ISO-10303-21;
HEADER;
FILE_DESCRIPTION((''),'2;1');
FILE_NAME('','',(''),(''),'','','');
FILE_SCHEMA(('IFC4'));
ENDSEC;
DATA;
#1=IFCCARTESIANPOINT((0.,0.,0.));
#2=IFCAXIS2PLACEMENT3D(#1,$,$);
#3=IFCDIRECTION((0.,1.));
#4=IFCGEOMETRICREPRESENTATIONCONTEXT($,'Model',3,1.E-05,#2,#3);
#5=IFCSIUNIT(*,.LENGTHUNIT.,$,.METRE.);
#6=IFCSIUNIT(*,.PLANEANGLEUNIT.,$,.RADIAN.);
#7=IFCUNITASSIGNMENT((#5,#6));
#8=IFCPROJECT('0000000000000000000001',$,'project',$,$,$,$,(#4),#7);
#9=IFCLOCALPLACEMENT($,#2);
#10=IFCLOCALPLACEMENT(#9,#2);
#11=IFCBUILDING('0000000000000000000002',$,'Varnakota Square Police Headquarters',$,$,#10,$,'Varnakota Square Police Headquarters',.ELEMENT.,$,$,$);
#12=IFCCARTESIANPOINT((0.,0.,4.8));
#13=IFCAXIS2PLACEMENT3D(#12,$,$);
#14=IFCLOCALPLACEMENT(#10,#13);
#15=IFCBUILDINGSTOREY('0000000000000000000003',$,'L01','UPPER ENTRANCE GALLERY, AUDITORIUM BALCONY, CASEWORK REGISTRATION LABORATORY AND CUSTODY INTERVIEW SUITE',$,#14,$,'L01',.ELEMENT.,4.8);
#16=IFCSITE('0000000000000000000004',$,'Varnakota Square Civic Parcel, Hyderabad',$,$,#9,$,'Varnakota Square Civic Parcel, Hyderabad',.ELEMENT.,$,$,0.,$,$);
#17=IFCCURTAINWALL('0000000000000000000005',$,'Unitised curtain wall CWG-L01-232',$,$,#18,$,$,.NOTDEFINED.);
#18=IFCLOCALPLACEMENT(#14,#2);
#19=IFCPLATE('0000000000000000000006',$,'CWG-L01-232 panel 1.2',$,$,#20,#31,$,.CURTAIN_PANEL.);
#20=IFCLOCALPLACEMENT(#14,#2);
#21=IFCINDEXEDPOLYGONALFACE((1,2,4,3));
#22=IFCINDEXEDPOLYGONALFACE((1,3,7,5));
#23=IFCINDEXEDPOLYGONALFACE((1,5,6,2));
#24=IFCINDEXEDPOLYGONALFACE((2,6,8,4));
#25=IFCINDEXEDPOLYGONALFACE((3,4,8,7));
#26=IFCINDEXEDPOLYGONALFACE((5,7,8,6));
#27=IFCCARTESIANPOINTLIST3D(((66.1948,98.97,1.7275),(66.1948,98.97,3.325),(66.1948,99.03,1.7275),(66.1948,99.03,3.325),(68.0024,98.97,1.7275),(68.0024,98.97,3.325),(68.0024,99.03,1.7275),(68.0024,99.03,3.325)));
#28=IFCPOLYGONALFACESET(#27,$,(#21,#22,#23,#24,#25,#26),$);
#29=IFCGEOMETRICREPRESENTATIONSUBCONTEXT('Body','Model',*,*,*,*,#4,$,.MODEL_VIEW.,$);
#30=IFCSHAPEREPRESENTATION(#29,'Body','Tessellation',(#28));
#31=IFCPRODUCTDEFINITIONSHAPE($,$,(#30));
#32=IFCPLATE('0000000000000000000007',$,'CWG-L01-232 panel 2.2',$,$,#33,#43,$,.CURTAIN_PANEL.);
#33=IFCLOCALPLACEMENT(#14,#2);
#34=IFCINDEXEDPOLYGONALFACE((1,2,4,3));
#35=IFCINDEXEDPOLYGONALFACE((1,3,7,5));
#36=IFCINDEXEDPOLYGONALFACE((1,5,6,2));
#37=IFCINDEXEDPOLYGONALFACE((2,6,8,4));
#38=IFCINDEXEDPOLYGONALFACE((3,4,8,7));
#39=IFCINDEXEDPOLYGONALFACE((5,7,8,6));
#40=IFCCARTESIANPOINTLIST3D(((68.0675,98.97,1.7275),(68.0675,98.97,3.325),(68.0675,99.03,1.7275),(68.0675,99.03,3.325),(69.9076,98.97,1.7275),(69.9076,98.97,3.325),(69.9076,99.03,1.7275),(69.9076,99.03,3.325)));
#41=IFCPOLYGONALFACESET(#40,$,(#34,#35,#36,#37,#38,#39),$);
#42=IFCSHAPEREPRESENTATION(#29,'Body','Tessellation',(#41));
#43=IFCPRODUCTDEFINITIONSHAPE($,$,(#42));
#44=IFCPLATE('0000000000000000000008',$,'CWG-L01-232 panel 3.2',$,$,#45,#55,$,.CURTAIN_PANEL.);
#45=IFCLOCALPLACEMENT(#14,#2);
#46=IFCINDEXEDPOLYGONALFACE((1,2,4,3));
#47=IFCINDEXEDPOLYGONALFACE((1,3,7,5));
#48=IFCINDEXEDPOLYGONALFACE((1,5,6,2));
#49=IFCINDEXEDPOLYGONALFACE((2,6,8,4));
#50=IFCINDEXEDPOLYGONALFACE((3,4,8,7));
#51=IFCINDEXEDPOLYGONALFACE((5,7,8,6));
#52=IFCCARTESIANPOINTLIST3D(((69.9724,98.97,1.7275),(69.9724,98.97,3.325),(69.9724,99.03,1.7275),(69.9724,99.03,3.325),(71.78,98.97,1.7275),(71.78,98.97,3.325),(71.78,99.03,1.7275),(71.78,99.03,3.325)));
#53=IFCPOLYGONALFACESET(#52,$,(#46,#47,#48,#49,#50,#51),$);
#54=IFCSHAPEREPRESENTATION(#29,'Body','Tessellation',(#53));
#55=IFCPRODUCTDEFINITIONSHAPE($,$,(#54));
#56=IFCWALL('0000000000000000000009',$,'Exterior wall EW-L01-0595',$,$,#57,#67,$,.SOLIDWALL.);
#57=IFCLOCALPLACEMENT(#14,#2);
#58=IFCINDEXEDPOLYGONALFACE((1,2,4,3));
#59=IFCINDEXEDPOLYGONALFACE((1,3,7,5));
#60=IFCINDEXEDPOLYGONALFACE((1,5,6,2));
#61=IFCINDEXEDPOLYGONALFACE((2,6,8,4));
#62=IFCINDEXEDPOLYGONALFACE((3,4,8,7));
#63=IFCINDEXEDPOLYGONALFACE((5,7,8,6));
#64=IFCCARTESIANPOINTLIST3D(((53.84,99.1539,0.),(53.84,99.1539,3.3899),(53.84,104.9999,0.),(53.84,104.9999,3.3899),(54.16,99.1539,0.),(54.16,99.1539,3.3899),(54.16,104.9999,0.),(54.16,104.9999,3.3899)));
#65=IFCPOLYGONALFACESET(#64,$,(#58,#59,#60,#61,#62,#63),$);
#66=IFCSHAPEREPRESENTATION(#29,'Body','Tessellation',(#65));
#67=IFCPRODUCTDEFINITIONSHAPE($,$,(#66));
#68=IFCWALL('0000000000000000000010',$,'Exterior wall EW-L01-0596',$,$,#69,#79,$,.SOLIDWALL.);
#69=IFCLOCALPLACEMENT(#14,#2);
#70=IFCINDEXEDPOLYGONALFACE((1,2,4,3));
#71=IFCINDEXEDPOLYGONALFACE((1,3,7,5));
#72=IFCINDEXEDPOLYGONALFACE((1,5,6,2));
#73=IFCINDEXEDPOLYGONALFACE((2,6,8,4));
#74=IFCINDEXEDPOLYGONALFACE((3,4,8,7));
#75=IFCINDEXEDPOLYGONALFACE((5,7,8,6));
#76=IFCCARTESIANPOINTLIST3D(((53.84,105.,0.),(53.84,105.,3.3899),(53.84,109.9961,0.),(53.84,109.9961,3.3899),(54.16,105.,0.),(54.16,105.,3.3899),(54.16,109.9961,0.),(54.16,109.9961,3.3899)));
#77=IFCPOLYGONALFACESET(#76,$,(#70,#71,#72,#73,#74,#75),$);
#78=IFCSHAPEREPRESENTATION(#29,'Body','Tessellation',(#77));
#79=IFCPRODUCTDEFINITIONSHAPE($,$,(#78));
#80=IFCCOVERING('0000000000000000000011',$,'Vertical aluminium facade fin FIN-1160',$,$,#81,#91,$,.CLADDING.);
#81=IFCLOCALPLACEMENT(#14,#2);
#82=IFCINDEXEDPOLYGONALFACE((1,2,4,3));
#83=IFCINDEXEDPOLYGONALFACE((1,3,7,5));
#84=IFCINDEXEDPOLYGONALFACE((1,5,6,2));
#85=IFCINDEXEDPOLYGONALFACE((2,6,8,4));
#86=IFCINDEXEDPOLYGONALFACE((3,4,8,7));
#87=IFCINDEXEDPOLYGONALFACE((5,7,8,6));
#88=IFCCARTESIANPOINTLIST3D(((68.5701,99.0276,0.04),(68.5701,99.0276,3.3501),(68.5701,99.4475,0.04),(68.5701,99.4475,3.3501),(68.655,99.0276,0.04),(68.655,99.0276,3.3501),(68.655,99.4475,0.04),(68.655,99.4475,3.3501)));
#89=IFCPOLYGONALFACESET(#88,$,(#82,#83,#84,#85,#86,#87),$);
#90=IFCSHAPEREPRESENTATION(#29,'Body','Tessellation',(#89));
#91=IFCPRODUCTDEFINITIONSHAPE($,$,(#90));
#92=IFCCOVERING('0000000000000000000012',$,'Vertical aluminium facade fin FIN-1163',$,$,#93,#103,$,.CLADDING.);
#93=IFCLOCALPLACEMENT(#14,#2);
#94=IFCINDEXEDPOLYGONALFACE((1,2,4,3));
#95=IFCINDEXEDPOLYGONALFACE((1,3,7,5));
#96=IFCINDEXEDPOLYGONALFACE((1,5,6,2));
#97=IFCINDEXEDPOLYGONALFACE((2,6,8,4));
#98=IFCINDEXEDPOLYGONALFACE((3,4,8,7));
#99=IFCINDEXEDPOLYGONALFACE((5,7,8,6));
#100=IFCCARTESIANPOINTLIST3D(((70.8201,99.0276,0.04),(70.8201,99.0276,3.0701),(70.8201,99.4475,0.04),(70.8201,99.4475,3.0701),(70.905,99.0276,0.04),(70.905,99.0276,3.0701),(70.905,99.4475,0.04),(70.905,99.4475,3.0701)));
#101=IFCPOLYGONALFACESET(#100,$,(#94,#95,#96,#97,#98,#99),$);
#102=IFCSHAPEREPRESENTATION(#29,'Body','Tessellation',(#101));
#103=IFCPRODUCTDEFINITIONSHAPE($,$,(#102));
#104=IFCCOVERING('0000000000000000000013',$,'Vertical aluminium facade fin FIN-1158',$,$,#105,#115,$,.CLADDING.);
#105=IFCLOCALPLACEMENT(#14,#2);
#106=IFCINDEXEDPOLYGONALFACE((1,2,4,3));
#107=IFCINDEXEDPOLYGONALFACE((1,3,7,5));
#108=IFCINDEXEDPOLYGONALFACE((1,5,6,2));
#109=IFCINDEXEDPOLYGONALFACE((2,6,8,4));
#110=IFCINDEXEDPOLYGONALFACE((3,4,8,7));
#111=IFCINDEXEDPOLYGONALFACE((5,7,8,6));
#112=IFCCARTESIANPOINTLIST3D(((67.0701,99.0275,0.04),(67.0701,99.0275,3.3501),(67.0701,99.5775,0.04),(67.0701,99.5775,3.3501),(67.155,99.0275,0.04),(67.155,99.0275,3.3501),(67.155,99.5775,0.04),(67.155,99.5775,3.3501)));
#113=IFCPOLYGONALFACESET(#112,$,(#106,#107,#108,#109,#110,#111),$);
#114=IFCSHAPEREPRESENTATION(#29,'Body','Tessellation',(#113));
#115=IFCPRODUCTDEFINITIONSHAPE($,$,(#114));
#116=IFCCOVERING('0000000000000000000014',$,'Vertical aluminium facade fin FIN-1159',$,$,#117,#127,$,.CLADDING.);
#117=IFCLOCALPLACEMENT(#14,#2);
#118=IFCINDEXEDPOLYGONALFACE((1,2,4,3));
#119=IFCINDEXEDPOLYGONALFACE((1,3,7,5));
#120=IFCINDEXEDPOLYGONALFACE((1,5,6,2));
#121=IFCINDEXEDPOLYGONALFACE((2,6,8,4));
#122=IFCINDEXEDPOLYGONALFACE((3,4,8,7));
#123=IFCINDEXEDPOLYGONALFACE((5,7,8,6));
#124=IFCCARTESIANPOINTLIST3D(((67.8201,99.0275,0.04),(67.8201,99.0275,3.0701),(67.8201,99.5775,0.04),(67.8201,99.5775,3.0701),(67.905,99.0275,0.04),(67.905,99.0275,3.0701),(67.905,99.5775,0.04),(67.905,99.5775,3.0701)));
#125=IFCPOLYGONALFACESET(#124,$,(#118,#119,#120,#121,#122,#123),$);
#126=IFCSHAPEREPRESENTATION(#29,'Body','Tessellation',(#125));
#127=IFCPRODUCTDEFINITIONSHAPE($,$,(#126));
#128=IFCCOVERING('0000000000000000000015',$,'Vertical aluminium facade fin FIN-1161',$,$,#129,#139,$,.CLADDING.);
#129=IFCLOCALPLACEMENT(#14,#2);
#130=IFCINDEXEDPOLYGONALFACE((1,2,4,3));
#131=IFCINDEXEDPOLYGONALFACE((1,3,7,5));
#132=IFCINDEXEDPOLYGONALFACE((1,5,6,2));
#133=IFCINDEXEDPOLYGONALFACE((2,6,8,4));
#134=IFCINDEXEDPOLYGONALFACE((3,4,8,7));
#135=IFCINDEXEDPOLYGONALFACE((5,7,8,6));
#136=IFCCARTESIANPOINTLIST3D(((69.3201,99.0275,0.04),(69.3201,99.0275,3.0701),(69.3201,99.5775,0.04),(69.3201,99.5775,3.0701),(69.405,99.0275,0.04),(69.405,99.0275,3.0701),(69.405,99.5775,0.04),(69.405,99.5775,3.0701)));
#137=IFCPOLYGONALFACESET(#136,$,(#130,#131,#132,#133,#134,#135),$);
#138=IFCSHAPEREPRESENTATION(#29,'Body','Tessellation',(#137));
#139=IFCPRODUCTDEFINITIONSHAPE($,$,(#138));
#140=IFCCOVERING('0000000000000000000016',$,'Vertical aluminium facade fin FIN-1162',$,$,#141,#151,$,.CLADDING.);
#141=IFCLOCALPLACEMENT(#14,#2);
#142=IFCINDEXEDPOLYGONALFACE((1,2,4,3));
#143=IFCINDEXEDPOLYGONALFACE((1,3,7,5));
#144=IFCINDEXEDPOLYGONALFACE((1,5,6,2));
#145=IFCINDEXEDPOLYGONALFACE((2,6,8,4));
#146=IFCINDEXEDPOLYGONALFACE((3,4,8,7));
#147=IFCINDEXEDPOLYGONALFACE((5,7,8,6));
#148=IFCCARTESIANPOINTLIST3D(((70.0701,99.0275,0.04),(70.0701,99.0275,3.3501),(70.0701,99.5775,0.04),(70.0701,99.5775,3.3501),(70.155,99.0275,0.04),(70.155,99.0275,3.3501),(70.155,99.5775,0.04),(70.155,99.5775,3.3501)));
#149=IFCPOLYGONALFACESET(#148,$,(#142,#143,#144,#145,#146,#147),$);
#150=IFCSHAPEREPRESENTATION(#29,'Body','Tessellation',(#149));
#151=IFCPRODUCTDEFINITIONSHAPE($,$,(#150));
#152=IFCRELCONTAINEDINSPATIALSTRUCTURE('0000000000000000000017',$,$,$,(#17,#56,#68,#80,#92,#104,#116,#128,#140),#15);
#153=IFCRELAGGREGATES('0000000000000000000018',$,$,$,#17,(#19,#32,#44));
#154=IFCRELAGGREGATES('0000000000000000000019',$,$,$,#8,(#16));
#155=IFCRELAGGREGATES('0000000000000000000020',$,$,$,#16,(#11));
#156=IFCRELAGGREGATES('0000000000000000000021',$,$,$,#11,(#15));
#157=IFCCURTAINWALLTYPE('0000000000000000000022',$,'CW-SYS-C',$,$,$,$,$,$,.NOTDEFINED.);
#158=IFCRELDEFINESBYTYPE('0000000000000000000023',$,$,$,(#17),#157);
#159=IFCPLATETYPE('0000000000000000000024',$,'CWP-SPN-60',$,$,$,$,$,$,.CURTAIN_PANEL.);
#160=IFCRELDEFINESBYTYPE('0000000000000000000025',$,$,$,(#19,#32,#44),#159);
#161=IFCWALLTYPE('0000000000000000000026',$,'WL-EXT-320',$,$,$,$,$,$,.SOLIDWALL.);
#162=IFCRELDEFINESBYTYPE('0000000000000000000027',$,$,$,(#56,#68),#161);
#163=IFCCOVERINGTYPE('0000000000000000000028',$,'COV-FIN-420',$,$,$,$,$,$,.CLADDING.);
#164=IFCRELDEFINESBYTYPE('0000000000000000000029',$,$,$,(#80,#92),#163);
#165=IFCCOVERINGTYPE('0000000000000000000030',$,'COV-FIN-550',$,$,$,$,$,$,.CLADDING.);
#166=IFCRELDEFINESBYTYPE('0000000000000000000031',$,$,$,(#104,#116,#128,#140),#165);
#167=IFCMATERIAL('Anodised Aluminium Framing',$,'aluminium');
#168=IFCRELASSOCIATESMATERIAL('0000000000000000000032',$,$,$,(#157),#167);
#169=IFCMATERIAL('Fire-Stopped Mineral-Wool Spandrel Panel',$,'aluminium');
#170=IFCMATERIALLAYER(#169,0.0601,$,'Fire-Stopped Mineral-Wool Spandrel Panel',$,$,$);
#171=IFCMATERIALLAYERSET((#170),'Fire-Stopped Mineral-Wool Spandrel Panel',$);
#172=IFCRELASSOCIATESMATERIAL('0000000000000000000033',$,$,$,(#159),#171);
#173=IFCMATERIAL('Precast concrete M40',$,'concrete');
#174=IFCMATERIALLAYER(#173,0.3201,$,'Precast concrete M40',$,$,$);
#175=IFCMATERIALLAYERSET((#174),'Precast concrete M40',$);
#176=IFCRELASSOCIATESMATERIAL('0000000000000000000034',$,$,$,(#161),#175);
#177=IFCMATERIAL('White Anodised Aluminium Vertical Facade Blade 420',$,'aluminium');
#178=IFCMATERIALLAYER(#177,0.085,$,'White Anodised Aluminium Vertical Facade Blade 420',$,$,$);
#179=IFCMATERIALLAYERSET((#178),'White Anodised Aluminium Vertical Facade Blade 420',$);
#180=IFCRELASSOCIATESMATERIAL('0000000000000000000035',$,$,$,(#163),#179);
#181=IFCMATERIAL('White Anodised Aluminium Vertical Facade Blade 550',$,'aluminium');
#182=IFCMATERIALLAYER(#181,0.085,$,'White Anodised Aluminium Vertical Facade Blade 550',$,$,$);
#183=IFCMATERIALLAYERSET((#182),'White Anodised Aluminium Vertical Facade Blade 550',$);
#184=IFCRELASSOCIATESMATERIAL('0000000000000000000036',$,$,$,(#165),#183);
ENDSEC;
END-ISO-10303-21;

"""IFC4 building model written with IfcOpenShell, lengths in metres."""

from ifc_helpers import new_model, si_unit, direction, frame, frame_2d, origin, origin_2d, place, context, subcontext, project, spatial, rectangle, extrude, material, layer, layer_set, type_object, element, aggregate, save


model = new_model("IFC4")

# Units and contexts
model_context = context("Model", 3, precision=1e-05, world=origin(), true_north=direction((0.0, 1.0)))
body_context = subcontext(model_context, "Body", "Model", "MODEL_VIEW")
ifc_project = project(units=[si_unit("LENGTHUNIT", "METRE"), si_unit("PLANEANGLEUNIT", "RADIAN")], contexts=[model_context])

# Site, building, storey
site_placement = place(None, origin())
site = spatial("IfcSite", under=ifc_project, at=site_placement, Name="Varnakota Square Civic Parcel, Hyderabad", LongName="Varnakota Square Civic Parcel, Hyderabad", CompositionType="ELEMENT", RefElevation=0.0)
building_placement = place(site_placement, origin())
building = spatial("IfcBuilding", under=site, at=building_placement, Name="Varnakota Square Police Headquarters", LongName="Varnakota Square Police Headquarters", CompositionType="ELEMENT")
storey_placement = place(building_placement, frame((0.0, 0.0, 4.8)))
storey = spatial("IfcBuildingStorey", under=building, at=storey_placement, Name="L01", Description="UPPER ENTRANCE GALLERY, AUDITORIUM BALCONY, CASEWORK REGISTRATION LABORATORY AND CUSTODY INTERVIEW SUITE", LongName="L01", CompositionType="ELEMENT", Elevation=4.8)

# Curtain wall, plates
ifc_material_1 = material(Name="Anodised Aluminium Framing", Category="aluminium")
curtain_wall_type = type_object("IfcCurtainWallType", Name="CW-SYS-C", PredefinedType="NOTDEFINED", material=ifc_material_1)
curtain_wall_placement = place(storey_placement, origin())
curtain_wall = element("IfcCurtainWall", 1, at=curtain_wall_placement, inside=storey, type_object=curtain_wall_type, Name="Unitised curtain wall CWG-L01-232", PredefinedType="NOTDEFINED")
ifc_material_2 = material(Name="Fire-Stopped Mineral-Wool Spandrel Panel", Category="aluminium")
ifc_layer_1 = layer(ifc_material_2, 0.0601, Name="Fire-Stopped Mineral-Wool Spandrel Panel")
ifc_layer_set_1 = layer_set([ifc_layer_1], Name="Fire-Stopped Mineral-Wool Spandrel Panel")
plate_type_1 = type_object("IfcPlateType", Name="CWP-SPN-60", PredefinedType="CURTAIN_PANEL", material=ifc_layer_set_1)
plate_1_placement = place(storey_placement, frame((67.0986, 99.0, 1.7275), z_axis=(0.0, 0.0, 1.0), x_axis=(1.0, 0.0, 0.0)))
plate_1 = element("IfcPlate", 2, at=plate_1_placement, type_object=plate_type_1, Name="CWG-L01-232 panel 1.2", PredefinedType="CURTAIN_PANEL", context=body_context, shape_type="SweptSolid", body=[
    extrude(rectangle(XDim=1.8076, YDim=0.0601, at=origin_2d()), origin(), (0.0, 0.0, 1.0), 1.5974),
])
plate_2_placement = place(storey_placement, frame((68.9875, 99.0, 1.7275), z_axis=(0.0, 0.0, 1.0), x_axis=(1.0, 0.0, 0.0)))
plate_2 = element("IfcPlate", 3, at=plate_2_placement, type_object=plate_type_1, Name="CWG-L01-232 panel 2.2", PredefinedType="CURTAIN_PANEL", context=body_context, shape_type="SweptSolid", body=[
    extrude(rectangle(XDim=1.8401, YDim=0.0601, at=origin_2d()), origin(), (0.0, 0.0, 1.0), 1.5974),
])
plate_3_placement = place(storey_placement, frame((70.8762, 99.0, 1.7275), z_axis=(0.0, 0.0, 1.0), x_axis=(1.0, 0.0, 0.0)))
plate_3 = element("IfcPlate", 4, at=plate_3_placement, type_object=plate_type_1, Name="CWG-L01-232 panel 3.2", PredefinedType="CURTAIN_PANEL", context=body_context, shape_type="SweptSolid", body=[
    extrude(rectangle(XDim=1.8076, YDim=0.0601, at=origin_2d()), origin(), (0.0, 0.0, 1.0), 1.5974),
])
aggregate(curtain_wall, [plate_1, plate_2, plate_3])

# Walls
ifc_material_3 = material(Name="Precast concrete M40", Category="concrete")
ifc_layer_2 = layer(ifc_material_3, 0.3201, Name="Precast concrete M40")
ifc_layer_set_2 = layer_set([ifc_layer_2], Name="Precast concrete M40")
wall_type = type_object("IfcWallType", Name="WL-EXT-320", PredefinedType="SOLIDWALL", material=ifc_layer_set_2)
wall_1_placement = place(storey_placement, frame((54.0, 99.1541, 0.0), z_axis=(0.0, 0.0, 1.0), x_axis=(0.0, 1.0, 0.0)))
element("IfcWall", 5, at=wall_1_placement, inside=storey, type_object=wall_type, Name="Exterior wall EW-L01-0595", PredefinedType="SOLIDWALL", context=body_context, shape_type="SweptSolid", body=[
    extrude(rectangle(XDim=5.8459, YDim=0.3201, at=frame_2d((2.9229, 0.0))), origin(), (0.0, 0.0, 1.0), 3.3899),
])
wall_2_placement = place(storey_placement, frame((54.0, 105.0, 0.0), z_axis=(0.0, 0.0, 1.0), x_axis=(0.0, 1.0, 0.0)))
element("IfcWall", 6, at=wall_2_placement, inside=storey, type_object=wall_type, Name="Exterior wall EW-L01-0596", PredefinedType="SOLIDWALL", context=body_context, shape_type="SweptSolid", body=[
    extrude(rectangle(XDim=4.9961, YDim=0.3201, at=frame_2d((2.498, 0.0))), origin(), (0.0, 0.0, 1.0), 3.3899),
])

# Coverings
ifc_material_4 = material(Name="White Anodised Aluminium Vertical Facade Blade 420", Category="aluminium")
ifc_layer_3 = layer(ifc_material_4, 0.085, Name="White Anodised Aluminium Vertical Facade Blade 420")
ifc_layer_set_3 = layer_set([ifc_layer_3], Name="White Anodised Aluminium Vertical Facade Blade 420")
covering_type_1 = type_object("IfcCoveringType", Name="COV-FIN-420", PredefinedType="CLADDING", material=ifc_layer_set_3)
covering_1_placement = place(storey_placement, frame((68.6125, 99.2375, 0.04), z_axis=(0.0, 0.0, 1.0), x_axis=(1.0, 0.0, 0.0)))
element("IfcCovering", 7, at=covering_1_placement, inside=storey, type_object=covering_type_1, Name="Vertical aluminium facade fin FIN-1160", PredefinedType="CLADDING", context=body_context, shape_type="SweptSolid", body=[
    extrude(rectangle(XDim=0.085, YDim=0.4199, at=origin_2d()), origin(), (0.0, 0.0, 1.0), 3.3101),
])
covering_2_placement = place(storey_placement, frame((70.8625, 99.2375, 0.04), z_axis=(0.0, 0.0, 1.0), x_axis=(1.0, 0.0, 0.0)))
element("IfcCovering", 8, at=covering_2_placement, inside=storey, type_object=covering_type_1, Name="Vertical aluminium facade fin FIN-1163", PredefinedType="CLADDING", context=body_context, shape_type="SweptSolid", body=[
    extrude(rectangle(XDim=0.085, YDim=0.4199, at=origin_2d()), origin(), (0.0, 0.0, 1.0), 3.03),
])
ifc_material_5 = material(Name="White Anodised Aluminium Vertical Facade Blade 550", Category="aluminium")
ifc_layer_4 = layer(ifc_material_5, 0.085, Name="White Anodised Aluminium Vertical Facade Blade 550")
ifc_layer_set_4 = layer_set([ifc_layer_4], Name="White Anodised Aluminium Vertical Facade Blade 550")
covering_type_2 = type_object("IfcCoveringType", Name="COV-FIN-550", PredefinedType="CLADDING", material=ifc_layer_set_4)
covering_3_placement = place(storey_placement, frame((67.1125, 99.3025, 0.04), z_axis=(0.0, 0.0, 1.0), x_axis=(1.0, 0.0, 0.0)))
element("IfcCovering", 9, at=covering_3_placement, inside=storey, type_object=covering_type_2, Name="Vertical aluminium facade fin FIN-1158", PredefinedType="CLADDING", context=body_context, shape_type="SweptSolid", body=[
    extrude(rectangle(XDim=0.085, YDim=0.55, at=origin_2d()), origin(), (0.0, 0.0, 1.0), 3.3101),
])
for number, where, z_axis, x_axis, name in (
    (10, (67.8625, 99.3025, 0.04), (0.0, 0.0, 1.0), (1.0, 0.0, 0.0), "Vertical aluminium facade fin FIN-1159"),
    (11, (69.3625, 99.3025, 0.04), (0.0, 0.0, 1.0), (1.0, 0.0, 0.0), "Vertical aluminium facade fin FIN-1161"),
):
    element("IfcCovering", number, at=place(storey_placement, frame(where, z_axis=z_axis, x_axis=x_axis)), inside=storey, type_object=covering_type_2, Name=name, PredefinedType="CLADDING", context=body_context, shape_type="SweptSolid", body=[
        extrude(rectangle(XDim=0.085, YDim=0.55, at=origin_2d()), origin(), (0.0, 0.0, 1.0), 3.03),
    ])
covering_4_placement = place(storey_placement, frame((70.1125, 99.3025, 0.04), z_axis=(0.0, 0.0, 1.0), x_axis=(1.0, 0.0, 0.0)))
element("IfcCovering", 12, at=covering_4_placement, inside=storey, type_object=covering_type_2, Name="Vertical aluminium facade fin FIN-1162", PredefinedType="CLADDING", context=body_context, shape_type="SweptSolid", body=[
    extrude(rectangle(XDim=0.085, YDim=0.55, at=origin_2d()), origin(), (0.0, 0.0, 1.0), 3.3101),
])

save(model, "model.ifc")
